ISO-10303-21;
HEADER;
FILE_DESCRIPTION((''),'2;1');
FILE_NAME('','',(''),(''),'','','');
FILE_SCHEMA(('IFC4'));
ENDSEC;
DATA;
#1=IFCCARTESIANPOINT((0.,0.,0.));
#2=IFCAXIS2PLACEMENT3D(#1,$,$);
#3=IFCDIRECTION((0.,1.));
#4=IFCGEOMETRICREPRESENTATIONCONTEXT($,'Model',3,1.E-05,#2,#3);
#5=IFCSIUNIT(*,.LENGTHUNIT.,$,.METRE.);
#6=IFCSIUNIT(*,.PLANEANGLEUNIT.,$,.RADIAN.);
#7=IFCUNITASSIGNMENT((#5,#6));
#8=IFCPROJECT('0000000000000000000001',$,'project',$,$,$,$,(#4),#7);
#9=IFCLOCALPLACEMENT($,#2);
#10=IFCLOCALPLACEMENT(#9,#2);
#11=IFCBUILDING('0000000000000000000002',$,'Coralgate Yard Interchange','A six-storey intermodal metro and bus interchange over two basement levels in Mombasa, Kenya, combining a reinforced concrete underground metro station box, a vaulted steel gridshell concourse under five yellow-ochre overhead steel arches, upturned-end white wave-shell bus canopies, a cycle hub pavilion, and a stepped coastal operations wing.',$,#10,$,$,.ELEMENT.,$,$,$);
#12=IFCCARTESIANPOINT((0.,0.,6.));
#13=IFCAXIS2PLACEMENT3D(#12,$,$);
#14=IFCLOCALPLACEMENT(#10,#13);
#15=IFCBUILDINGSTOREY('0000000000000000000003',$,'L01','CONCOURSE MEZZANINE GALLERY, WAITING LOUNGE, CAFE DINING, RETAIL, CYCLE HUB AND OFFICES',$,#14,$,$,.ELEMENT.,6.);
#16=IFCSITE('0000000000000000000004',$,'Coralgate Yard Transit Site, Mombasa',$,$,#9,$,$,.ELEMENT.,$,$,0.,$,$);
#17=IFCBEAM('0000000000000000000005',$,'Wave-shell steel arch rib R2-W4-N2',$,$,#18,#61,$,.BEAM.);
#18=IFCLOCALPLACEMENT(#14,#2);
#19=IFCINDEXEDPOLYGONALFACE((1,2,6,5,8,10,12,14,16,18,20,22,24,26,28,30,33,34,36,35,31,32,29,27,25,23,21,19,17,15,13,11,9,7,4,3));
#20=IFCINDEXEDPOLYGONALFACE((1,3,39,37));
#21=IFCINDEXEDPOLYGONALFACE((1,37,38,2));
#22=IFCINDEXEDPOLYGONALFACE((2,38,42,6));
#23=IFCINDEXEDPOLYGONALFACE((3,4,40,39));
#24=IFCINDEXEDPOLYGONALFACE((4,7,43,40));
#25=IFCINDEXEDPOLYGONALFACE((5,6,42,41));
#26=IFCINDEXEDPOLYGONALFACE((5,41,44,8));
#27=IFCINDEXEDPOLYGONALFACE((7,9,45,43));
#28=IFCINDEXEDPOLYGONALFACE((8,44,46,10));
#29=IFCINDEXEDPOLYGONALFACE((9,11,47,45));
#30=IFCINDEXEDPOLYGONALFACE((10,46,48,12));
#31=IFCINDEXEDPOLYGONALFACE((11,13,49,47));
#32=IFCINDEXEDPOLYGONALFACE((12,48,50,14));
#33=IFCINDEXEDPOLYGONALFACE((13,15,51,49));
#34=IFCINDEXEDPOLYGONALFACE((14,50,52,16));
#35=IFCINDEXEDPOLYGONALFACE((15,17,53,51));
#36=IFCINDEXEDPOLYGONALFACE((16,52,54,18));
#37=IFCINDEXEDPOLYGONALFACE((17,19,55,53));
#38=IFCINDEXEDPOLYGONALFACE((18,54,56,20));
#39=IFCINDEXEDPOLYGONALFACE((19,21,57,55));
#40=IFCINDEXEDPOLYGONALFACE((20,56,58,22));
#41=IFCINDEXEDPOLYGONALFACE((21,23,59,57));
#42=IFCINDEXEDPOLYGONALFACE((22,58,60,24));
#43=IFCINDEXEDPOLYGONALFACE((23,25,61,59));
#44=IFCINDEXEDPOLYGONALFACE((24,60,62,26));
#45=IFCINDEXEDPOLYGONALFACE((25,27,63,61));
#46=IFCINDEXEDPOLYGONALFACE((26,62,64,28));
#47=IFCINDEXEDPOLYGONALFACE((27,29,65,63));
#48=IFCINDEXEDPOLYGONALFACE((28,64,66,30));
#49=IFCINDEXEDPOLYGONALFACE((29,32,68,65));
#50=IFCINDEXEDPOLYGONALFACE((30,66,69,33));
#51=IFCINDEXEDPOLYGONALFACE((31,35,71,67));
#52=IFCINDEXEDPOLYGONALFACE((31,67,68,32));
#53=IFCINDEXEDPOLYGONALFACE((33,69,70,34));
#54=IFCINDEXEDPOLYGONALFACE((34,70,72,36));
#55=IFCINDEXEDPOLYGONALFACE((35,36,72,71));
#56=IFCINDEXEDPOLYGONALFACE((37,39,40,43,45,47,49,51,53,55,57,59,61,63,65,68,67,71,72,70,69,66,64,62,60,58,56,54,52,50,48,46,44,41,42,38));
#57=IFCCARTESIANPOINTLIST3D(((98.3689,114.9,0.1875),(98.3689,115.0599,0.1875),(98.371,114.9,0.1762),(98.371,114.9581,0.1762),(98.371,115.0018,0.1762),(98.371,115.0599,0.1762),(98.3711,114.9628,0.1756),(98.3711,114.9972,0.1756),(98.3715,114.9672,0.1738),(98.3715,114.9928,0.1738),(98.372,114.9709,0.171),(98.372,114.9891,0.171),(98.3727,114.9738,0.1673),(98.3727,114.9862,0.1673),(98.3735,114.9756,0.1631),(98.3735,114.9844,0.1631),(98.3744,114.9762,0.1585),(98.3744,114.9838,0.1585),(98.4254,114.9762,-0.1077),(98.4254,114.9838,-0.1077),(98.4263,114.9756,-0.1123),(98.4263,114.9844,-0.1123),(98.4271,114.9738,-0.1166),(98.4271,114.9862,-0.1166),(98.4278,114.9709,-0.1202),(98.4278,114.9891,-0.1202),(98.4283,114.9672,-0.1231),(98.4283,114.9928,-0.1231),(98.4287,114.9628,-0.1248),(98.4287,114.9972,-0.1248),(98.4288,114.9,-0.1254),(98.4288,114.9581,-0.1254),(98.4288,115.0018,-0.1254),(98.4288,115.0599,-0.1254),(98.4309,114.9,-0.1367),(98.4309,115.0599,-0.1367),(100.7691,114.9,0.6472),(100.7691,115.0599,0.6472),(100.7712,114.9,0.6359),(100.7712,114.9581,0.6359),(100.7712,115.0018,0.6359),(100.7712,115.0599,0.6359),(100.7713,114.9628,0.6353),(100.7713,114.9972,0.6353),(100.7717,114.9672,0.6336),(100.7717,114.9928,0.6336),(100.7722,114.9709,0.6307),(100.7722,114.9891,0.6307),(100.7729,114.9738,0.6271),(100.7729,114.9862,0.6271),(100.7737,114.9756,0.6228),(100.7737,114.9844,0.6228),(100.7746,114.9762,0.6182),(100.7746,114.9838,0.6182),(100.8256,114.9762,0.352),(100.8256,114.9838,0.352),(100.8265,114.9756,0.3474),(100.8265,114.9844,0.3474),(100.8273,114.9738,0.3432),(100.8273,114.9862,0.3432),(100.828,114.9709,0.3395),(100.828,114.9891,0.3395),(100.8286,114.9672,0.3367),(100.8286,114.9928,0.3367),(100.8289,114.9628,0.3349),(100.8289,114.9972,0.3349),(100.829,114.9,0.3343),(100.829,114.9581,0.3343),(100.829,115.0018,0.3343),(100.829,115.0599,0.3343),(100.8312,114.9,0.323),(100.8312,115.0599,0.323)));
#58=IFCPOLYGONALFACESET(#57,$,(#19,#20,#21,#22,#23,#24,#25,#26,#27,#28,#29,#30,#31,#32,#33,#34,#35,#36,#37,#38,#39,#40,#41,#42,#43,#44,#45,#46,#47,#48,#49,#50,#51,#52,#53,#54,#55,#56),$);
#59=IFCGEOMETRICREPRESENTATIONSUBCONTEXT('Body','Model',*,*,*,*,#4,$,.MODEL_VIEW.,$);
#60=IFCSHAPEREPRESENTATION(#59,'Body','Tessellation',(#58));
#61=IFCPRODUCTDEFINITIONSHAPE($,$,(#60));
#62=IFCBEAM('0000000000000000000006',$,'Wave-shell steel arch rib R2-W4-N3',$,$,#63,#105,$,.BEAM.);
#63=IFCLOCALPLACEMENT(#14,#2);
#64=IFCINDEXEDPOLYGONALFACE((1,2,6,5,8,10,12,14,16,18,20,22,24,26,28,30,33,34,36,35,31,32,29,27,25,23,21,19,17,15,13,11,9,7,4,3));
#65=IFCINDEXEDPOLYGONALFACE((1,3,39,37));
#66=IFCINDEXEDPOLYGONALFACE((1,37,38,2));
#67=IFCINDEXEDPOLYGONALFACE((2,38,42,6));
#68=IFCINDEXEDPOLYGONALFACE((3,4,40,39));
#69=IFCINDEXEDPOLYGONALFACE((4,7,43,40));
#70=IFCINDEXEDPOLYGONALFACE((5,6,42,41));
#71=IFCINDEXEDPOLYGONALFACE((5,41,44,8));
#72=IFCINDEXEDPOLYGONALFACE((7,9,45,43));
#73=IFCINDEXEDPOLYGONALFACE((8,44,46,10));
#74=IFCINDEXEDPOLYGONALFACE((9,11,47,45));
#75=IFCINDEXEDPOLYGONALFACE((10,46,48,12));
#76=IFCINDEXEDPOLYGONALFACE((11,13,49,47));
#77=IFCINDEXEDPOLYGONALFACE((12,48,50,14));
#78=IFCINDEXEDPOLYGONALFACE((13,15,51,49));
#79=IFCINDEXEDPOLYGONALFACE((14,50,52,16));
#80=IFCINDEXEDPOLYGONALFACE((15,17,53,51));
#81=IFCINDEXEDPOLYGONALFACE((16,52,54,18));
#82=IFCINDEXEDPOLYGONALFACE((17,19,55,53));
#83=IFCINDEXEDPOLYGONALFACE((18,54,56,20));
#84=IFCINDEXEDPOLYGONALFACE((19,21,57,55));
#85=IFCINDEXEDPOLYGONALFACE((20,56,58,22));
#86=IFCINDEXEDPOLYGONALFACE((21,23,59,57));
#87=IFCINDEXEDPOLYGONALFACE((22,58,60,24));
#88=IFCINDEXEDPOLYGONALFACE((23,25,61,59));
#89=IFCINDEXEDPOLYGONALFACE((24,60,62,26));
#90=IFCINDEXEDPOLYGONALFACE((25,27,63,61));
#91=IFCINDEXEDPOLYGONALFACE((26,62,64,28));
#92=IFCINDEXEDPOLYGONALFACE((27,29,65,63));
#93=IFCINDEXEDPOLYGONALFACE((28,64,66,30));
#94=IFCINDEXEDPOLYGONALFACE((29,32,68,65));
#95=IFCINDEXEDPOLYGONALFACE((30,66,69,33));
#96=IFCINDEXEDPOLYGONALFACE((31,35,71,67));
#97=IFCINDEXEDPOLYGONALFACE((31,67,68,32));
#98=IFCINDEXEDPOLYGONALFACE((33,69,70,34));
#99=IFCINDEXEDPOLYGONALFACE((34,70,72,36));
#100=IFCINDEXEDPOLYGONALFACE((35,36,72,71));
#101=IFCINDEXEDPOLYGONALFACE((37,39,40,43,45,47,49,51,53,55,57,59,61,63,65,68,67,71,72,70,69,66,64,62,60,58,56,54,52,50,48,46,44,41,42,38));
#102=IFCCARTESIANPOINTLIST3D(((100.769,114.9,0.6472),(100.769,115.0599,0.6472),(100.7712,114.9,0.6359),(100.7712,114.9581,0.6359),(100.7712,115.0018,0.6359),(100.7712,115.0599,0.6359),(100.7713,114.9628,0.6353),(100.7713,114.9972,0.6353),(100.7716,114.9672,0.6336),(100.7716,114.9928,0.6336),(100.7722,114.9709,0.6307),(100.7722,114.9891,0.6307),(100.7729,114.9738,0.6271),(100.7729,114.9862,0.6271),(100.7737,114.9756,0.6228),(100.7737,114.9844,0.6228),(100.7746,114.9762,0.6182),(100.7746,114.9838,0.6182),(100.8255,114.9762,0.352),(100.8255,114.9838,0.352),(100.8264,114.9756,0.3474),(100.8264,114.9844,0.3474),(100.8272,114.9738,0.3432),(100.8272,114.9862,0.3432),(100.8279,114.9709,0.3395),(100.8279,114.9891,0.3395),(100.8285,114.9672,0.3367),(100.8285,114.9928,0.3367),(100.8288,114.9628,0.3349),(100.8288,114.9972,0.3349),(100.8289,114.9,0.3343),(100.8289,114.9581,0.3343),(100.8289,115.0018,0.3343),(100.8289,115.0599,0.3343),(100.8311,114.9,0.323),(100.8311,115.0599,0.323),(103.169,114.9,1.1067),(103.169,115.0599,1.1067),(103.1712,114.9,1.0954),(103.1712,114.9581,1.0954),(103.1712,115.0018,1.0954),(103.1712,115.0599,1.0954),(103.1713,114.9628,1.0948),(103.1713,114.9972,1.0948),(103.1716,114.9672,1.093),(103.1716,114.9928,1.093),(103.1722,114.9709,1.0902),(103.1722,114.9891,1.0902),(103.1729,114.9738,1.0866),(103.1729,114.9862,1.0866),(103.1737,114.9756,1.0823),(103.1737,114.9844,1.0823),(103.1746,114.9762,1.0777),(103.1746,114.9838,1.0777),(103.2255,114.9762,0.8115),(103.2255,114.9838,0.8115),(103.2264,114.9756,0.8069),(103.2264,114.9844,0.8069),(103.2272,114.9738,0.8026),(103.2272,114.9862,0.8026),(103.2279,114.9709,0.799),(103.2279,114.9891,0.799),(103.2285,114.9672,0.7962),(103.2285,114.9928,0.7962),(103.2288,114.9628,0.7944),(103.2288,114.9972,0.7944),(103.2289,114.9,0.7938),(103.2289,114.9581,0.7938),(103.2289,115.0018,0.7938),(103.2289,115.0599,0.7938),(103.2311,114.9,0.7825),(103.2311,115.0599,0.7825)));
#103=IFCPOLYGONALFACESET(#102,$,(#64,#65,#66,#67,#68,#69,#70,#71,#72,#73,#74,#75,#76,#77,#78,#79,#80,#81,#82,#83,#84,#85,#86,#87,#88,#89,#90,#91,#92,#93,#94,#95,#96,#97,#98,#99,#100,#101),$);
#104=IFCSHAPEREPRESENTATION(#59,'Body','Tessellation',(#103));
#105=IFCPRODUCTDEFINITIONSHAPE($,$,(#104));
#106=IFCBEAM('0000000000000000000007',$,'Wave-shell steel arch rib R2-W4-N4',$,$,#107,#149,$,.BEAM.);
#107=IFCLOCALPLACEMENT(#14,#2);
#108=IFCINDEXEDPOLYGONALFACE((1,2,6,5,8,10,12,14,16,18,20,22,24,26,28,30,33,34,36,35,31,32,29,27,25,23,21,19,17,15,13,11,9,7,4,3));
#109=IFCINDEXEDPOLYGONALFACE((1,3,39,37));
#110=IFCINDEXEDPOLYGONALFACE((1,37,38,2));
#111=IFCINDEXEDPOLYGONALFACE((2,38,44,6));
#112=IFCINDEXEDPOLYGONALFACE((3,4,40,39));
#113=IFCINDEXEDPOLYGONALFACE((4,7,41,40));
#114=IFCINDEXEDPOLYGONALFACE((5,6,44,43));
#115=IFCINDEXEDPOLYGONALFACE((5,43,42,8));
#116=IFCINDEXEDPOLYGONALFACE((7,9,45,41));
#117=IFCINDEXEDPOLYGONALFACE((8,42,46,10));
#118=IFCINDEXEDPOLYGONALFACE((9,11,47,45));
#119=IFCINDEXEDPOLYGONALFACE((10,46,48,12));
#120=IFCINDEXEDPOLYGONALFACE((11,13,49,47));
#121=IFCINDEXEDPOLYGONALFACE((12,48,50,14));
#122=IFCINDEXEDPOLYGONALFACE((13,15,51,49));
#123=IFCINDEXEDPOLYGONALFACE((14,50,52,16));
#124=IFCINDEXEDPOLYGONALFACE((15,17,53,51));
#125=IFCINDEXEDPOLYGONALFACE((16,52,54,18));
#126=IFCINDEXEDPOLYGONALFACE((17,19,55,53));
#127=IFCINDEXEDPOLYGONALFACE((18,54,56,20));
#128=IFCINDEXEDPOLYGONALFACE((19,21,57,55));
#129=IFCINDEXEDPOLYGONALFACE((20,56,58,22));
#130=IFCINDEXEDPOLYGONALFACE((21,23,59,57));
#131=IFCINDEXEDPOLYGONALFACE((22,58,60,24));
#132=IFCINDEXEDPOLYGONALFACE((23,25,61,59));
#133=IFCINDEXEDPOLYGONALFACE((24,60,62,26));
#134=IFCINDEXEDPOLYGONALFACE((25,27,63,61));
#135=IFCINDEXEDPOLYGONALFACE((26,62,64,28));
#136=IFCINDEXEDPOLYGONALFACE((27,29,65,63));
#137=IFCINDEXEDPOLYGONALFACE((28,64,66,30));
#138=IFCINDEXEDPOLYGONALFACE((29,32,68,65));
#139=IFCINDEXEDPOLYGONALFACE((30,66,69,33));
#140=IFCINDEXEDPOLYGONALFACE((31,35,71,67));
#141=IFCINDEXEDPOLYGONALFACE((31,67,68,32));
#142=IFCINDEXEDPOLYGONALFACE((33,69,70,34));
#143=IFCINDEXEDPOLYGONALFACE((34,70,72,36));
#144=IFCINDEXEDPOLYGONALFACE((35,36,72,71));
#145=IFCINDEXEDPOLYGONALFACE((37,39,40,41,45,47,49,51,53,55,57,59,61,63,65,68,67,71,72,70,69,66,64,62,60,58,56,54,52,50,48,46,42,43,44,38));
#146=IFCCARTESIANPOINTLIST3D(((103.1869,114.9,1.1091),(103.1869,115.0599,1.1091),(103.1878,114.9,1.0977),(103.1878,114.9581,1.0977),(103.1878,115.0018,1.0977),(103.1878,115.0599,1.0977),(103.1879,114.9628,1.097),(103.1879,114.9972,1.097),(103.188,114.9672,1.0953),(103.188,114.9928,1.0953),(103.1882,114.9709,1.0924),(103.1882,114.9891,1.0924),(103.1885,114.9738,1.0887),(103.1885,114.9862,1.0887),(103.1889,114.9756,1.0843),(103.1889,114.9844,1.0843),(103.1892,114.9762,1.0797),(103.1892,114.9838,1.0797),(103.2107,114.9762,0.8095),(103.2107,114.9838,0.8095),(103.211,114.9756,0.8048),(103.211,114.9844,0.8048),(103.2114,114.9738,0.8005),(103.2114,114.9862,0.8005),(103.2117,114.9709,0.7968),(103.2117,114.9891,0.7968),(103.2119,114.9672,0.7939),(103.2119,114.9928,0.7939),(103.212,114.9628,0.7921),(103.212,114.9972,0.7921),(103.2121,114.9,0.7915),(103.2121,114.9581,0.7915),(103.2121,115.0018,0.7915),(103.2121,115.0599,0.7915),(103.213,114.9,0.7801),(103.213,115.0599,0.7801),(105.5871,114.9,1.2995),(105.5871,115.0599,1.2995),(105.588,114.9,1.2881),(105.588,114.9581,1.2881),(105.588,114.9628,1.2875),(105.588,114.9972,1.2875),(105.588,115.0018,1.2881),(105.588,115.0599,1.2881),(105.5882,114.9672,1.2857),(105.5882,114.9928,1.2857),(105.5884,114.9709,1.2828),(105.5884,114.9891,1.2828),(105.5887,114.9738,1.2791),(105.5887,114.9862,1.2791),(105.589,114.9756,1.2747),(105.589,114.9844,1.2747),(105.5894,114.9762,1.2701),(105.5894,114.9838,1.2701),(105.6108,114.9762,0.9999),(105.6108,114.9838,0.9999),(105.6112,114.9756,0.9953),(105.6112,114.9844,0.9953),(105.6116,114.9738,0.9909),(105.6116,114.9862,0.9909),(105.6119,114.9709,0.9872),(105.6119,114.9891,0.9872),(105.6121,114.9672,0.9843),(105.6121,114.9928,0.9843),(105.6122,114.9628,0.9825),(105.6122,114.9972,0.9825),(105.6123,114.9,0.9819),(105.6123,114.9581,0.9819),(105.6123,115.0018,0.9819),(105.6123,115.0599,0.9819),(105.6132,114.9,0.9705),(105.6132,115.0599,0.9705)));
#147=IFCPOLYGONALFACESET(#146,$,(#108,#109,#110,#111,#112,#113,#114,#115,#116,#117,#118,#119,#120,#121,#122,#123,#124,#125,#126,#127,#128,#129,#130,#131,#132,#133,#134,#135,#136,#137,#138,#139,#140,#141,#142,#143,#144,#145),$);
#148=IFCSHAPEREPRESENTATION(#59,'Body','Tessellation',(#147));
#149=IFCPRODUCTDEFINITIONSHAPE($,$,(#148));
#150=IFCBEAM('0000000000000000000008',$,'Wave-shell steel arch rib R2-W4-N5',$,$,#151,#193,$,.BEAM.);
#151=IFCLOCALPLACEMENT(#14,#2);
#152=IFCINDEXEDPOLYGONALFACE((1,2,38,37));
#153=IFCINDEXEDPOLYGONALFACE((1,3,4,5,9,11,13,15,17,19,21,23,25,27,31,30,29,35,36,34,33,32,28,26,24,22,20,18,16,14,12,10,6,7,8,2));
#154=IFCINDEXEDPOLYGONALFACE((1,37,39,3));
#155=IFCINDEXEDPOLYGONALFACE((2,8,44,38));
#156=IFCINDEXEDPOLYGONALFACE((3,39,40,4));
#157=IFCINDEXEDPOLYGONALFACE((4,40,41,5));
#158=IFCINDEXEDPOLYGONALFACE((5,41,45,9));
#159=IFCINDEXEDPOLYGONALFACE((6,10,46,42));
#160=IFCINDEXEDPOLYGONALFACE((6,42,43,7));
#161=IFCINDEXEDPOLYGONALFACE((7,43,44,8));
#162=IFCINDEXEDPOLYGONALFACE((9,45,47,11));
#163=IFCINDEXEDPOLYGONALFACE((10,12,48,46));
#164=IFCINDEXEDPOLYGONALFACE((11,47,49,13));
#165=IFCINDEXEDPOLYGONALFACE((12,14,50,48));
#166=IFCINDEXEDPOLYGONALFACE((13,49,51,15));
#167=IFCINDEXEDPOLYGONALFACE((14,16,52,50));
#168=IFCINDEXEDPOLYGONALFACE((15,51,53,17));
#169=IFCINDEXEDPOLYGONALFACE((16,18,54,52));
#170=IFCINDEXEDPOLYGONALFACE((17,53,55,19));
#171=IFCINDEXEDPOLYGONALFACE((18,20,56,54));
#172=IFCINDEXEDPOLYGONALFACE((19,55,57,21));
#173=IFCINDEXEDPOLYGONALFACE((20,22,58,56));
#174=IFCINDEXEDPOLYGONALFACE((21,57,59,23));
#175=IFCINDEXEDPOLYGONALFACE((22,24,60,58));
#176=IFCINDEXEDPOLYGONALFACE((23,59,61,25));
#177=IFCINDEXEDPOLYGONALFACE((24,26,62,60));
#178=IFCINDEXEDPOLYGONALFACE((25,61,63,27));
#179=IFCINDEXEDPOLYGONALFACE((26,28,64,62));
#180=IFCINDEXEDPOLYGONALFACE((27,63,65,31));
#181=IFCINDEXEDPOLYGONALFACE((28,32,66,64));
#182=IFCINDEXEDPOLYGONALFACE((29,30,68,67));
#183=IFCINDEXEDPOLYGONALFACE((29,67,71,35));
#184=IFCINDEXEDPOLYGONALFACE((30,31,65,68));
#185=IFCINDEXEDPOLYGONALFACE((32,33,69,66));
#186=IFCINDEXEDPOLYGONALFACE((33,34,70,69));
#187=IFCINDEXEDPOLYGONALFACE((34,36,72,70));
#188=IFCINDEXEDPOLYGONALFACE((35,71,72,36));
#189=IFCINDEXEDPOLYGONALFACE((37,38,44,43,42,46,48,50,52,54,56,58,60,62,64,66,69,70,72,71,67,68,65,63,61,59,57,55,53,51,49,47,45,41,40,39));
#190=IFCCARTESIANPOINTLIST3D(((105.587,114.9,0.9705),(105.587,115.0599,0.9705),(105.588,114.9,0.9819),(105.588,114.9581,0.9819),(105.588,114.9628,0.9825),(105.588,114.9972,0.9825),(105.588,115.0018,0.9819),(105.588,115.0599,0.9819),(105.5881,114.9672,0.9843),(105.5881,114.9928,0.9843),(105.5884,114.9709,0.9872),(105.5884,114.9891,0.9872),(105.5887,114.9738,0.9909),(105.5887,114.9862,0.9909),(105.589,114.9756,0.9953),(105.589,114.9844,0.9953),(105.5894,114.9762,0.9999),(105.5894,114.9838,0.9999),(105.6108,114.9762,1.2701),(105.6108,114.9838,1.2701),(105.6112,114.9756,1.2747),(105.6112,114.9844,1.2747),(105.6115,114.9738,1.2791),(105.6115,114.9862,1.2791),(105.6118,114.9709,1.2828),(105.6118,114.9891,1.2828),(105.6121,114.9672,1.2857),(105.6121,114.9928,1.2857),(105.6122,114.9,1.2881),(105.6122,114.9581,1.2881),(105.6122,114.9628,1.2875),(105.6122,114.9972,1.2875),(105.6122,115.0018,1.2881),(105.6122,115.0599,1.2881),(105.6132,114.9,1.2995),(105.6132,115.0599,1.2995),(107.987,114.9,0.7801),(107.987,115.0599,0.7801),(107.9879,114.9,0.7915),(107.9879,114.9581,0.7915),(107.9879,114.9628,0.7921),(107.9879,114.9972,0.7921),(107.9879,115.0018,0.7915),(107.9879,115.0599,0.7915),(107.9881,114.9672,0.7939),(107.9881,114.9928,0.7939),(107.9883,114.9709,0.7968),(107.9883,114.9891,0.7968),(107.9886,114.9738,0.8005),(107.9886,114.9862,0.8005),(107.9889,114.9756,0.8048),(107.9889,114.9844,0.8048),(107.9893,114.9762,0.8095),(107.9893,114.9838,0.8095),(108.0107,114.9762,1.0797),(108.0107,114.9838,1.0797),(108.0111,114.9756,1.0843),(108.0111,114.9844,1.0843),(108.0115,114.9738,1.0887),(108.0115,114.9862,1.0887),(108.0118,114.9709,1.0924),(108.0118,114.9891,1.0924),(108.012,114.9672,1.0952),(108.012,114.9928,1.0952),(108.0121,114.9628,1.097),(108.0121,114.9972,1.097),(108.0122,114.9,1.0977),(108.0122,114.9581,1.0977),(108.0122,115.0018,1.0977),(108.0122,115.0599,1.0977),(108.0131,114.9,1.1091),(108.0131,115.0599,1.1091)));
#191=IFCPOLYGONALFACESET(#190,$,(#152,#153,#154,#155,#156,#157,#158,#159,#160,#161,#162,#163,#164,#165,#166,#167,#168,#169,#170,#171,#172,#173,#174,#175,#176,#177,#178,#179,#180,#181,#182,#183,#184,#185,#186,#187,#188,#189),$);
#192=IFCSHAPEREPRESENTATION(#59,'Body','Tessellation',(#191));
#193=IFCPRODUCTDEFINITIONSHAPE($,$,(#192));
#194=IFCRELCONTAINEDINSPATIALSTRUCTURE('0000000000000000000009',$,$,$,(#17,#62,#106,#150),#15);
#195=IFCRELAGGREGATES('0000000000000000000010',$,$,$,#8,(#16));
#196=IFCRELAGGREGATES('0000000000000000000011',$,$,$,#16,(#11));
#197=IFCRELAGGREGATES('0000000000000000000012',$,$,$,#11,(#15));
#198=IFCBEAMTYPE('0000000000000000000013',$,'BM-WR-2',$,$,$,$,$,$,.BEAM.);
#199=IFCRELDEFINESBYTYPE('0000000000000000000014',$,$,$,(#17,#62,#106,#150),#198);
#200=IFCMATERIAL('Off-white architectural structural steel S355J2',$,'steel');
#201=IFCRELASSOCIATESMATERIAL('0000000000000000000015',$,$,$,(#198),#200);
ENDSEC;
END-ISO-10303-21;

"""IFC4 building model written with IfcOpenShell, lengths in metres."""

from ifc_helpers import new_model, si_unit, direction, frame, origin, origin_2d, place, context, subcontext, project, spatial, i_section, extrude, material, material_profile, profile_set, type_object, element, save


model = new_model("IFC4")

# Units and contexts
model_context = context("Model", 3, precision=1e-05, world=origin(), true_north=direction((0.0, 1.0)))
body_context = subcontext(model_context, "Body", "Model", "MODEL_VIEW")
ifc_project = project(units=[si_unit("LENGTHUNIT", "METRE"), si_unit("PLANEANGLEUNIT", "RADIAN")], contexts=[model_context])

# Site, building, storey
site_placement = place(None, origin())
site = spatial("IfcSite", under=ifc_project, at=site_placement, Name="Coralgate Yard Transit Site, Mombasa", CompositionType="ELEMENT", RefElevation=0.0)
building_placement = place(site_placement, origin())
building = spatial("IfcBuilding", under=site, at=building_placement, Name="Coralgate Yard Interchange", Description="A six-storey intermodal metro and bus interchange over two basement levels in Mombasa, Kenya, combining a reinforced concrete underground metro station box, a vaulted steel gridshell concourse under five yellow-ochre overhead steel arches, upturned-end white wave-shell bus canopies, a cycle hub pavilion, and a stepped coastal operations wing.", CompositionType="ELEMENT")
storey_placement = place(building_placement, frame((0.0, 0.0, 6.0)))
storey = spatial("IfcBuildingStorey", under=building, at=storey_placement, Name="L01", Description="CONCOURSE MEZZANINE GALLERY, WAITING LOUNGE, CAFE DINING, RETAIL, CYCLE HUB AND OFFICES", CompositionType="ELEMENT", Elevation=6.0)

# Beams
ifc_material_1 = material(Name="Off-white architectural structural steel S355J2", Category="steel")
ifc_material_profile_1 = material_profile(ifc_material_1, i_section(OverallWidth=0.1599, OverallDepth=0.3301, WebThickness=0.0076, FlangeThickness=0.0115, FilletRadius=0.0181, at=origin_2d()), Name="IPE 330")
ifc_profile_set_1 = profile_set([ifc_material_profile_1], Name="Off-white architectural structural steel S355J2")
beam_type_1 = type_object("IfcBeamType", Name="BM-WR-2", PredefinedType="BEAM", material=ifc_profile_set_1)
beam_1_placement = place(storey_placement, frame((98.3999, 114.98, 0.0254), z_axis=(0.982147, 0.0, 0.188117), x_axis=(0.0, 1.0, 0.0)))
element("IfcBeam", 1, at=beam_1_placement, inside=storey, type_object=beam_type_1, Name="Wave-shell steel arch rib R2-W4-N2", PredefinedType="BEAM", context=body_context, shape_type="SweptSolid", body=[
    extrude(i_section(OverallWidth=0.1599, OverallDepth=0.3301, WebThickness=0.0076, FlangeThickness=0.0115, FilletRadius=0.0181, at=origin_2d()), origin(), (0.0, 0.0, 1.0), 2.4438),
])
beam_2_placement = place(storey_placement, frame((100.8, 114.98, 0.4851), z_axis=(0.982161, 0.0, 0.188039), x_axis=(0.0, 1.0, 0.0)))
element("IfcBeam", 2, at=beam_2_placement, inside=storey, type_object=beam_type_1, Name="Wave-shell steel arch rib R2-W4-N3", PredefinedType="BEAM", context=body_context, shape_type="SweptSolid", body=[
    extrude(i_section(OverallWidth=0.1599, OverallDepth=0.3301, WebThickness=0.0076, FlangeThickness=0.0115, FilletRadius=0.0181, at=origin_2d()), origin(), (0.0, 0.0, 1.0), 2.4436),
])
beam_3_placement = place(storey_placement, frame((103.2, 114.98, 0.9446), z_axis=(0.996867, 0.0, 0.079092), x_axis=(0.0, 1.0, 0.0)))
element("IfcBeam", 3, at=beam_3_placement, inside=storey, type_object=beam_type_1, Name="Wave-shell steel arch rib R2-W4-N4", PredefinedType="BEAM", context=body_context, shape_type="SweptSolid", body=[
    extrude(i_section(OverallWidth=0.1599, OverallDepth=0.3301, WebThickness=0.0076, FlangeThickness=0.0115, FilletRadius=0.0181, at=origin_2d()), origin(), (0.0, 0.0, 1.0), 2.4077),
])
beam_4_placement = place(storey_placement, frame((105.6001, 114.98, 1.135), z_axis=(0.996867, 0.0, -0.0791), x_axis=(0.0, 1.0, 0.0)))
element("IfcBeam", 4, at=beam_4_placement, inside=storey, type_object=beam_type_1, Name="Wave-shell steel arch rib R2-W4-N5", PredefinedType="BEAM", context=body_context, shape_type="SweptSolid", body=[
    extrude(i_section(OverallWidth=0.1599, OverallDepth=0.3301, WebThickness=0.0076, FlangeThickness=0.0115, FilletRadius=0.0181, at=origin_2d()), origin(), (0.0, 0.0, 1.0), 2.4075),
])

save(model, "model.ifc")
